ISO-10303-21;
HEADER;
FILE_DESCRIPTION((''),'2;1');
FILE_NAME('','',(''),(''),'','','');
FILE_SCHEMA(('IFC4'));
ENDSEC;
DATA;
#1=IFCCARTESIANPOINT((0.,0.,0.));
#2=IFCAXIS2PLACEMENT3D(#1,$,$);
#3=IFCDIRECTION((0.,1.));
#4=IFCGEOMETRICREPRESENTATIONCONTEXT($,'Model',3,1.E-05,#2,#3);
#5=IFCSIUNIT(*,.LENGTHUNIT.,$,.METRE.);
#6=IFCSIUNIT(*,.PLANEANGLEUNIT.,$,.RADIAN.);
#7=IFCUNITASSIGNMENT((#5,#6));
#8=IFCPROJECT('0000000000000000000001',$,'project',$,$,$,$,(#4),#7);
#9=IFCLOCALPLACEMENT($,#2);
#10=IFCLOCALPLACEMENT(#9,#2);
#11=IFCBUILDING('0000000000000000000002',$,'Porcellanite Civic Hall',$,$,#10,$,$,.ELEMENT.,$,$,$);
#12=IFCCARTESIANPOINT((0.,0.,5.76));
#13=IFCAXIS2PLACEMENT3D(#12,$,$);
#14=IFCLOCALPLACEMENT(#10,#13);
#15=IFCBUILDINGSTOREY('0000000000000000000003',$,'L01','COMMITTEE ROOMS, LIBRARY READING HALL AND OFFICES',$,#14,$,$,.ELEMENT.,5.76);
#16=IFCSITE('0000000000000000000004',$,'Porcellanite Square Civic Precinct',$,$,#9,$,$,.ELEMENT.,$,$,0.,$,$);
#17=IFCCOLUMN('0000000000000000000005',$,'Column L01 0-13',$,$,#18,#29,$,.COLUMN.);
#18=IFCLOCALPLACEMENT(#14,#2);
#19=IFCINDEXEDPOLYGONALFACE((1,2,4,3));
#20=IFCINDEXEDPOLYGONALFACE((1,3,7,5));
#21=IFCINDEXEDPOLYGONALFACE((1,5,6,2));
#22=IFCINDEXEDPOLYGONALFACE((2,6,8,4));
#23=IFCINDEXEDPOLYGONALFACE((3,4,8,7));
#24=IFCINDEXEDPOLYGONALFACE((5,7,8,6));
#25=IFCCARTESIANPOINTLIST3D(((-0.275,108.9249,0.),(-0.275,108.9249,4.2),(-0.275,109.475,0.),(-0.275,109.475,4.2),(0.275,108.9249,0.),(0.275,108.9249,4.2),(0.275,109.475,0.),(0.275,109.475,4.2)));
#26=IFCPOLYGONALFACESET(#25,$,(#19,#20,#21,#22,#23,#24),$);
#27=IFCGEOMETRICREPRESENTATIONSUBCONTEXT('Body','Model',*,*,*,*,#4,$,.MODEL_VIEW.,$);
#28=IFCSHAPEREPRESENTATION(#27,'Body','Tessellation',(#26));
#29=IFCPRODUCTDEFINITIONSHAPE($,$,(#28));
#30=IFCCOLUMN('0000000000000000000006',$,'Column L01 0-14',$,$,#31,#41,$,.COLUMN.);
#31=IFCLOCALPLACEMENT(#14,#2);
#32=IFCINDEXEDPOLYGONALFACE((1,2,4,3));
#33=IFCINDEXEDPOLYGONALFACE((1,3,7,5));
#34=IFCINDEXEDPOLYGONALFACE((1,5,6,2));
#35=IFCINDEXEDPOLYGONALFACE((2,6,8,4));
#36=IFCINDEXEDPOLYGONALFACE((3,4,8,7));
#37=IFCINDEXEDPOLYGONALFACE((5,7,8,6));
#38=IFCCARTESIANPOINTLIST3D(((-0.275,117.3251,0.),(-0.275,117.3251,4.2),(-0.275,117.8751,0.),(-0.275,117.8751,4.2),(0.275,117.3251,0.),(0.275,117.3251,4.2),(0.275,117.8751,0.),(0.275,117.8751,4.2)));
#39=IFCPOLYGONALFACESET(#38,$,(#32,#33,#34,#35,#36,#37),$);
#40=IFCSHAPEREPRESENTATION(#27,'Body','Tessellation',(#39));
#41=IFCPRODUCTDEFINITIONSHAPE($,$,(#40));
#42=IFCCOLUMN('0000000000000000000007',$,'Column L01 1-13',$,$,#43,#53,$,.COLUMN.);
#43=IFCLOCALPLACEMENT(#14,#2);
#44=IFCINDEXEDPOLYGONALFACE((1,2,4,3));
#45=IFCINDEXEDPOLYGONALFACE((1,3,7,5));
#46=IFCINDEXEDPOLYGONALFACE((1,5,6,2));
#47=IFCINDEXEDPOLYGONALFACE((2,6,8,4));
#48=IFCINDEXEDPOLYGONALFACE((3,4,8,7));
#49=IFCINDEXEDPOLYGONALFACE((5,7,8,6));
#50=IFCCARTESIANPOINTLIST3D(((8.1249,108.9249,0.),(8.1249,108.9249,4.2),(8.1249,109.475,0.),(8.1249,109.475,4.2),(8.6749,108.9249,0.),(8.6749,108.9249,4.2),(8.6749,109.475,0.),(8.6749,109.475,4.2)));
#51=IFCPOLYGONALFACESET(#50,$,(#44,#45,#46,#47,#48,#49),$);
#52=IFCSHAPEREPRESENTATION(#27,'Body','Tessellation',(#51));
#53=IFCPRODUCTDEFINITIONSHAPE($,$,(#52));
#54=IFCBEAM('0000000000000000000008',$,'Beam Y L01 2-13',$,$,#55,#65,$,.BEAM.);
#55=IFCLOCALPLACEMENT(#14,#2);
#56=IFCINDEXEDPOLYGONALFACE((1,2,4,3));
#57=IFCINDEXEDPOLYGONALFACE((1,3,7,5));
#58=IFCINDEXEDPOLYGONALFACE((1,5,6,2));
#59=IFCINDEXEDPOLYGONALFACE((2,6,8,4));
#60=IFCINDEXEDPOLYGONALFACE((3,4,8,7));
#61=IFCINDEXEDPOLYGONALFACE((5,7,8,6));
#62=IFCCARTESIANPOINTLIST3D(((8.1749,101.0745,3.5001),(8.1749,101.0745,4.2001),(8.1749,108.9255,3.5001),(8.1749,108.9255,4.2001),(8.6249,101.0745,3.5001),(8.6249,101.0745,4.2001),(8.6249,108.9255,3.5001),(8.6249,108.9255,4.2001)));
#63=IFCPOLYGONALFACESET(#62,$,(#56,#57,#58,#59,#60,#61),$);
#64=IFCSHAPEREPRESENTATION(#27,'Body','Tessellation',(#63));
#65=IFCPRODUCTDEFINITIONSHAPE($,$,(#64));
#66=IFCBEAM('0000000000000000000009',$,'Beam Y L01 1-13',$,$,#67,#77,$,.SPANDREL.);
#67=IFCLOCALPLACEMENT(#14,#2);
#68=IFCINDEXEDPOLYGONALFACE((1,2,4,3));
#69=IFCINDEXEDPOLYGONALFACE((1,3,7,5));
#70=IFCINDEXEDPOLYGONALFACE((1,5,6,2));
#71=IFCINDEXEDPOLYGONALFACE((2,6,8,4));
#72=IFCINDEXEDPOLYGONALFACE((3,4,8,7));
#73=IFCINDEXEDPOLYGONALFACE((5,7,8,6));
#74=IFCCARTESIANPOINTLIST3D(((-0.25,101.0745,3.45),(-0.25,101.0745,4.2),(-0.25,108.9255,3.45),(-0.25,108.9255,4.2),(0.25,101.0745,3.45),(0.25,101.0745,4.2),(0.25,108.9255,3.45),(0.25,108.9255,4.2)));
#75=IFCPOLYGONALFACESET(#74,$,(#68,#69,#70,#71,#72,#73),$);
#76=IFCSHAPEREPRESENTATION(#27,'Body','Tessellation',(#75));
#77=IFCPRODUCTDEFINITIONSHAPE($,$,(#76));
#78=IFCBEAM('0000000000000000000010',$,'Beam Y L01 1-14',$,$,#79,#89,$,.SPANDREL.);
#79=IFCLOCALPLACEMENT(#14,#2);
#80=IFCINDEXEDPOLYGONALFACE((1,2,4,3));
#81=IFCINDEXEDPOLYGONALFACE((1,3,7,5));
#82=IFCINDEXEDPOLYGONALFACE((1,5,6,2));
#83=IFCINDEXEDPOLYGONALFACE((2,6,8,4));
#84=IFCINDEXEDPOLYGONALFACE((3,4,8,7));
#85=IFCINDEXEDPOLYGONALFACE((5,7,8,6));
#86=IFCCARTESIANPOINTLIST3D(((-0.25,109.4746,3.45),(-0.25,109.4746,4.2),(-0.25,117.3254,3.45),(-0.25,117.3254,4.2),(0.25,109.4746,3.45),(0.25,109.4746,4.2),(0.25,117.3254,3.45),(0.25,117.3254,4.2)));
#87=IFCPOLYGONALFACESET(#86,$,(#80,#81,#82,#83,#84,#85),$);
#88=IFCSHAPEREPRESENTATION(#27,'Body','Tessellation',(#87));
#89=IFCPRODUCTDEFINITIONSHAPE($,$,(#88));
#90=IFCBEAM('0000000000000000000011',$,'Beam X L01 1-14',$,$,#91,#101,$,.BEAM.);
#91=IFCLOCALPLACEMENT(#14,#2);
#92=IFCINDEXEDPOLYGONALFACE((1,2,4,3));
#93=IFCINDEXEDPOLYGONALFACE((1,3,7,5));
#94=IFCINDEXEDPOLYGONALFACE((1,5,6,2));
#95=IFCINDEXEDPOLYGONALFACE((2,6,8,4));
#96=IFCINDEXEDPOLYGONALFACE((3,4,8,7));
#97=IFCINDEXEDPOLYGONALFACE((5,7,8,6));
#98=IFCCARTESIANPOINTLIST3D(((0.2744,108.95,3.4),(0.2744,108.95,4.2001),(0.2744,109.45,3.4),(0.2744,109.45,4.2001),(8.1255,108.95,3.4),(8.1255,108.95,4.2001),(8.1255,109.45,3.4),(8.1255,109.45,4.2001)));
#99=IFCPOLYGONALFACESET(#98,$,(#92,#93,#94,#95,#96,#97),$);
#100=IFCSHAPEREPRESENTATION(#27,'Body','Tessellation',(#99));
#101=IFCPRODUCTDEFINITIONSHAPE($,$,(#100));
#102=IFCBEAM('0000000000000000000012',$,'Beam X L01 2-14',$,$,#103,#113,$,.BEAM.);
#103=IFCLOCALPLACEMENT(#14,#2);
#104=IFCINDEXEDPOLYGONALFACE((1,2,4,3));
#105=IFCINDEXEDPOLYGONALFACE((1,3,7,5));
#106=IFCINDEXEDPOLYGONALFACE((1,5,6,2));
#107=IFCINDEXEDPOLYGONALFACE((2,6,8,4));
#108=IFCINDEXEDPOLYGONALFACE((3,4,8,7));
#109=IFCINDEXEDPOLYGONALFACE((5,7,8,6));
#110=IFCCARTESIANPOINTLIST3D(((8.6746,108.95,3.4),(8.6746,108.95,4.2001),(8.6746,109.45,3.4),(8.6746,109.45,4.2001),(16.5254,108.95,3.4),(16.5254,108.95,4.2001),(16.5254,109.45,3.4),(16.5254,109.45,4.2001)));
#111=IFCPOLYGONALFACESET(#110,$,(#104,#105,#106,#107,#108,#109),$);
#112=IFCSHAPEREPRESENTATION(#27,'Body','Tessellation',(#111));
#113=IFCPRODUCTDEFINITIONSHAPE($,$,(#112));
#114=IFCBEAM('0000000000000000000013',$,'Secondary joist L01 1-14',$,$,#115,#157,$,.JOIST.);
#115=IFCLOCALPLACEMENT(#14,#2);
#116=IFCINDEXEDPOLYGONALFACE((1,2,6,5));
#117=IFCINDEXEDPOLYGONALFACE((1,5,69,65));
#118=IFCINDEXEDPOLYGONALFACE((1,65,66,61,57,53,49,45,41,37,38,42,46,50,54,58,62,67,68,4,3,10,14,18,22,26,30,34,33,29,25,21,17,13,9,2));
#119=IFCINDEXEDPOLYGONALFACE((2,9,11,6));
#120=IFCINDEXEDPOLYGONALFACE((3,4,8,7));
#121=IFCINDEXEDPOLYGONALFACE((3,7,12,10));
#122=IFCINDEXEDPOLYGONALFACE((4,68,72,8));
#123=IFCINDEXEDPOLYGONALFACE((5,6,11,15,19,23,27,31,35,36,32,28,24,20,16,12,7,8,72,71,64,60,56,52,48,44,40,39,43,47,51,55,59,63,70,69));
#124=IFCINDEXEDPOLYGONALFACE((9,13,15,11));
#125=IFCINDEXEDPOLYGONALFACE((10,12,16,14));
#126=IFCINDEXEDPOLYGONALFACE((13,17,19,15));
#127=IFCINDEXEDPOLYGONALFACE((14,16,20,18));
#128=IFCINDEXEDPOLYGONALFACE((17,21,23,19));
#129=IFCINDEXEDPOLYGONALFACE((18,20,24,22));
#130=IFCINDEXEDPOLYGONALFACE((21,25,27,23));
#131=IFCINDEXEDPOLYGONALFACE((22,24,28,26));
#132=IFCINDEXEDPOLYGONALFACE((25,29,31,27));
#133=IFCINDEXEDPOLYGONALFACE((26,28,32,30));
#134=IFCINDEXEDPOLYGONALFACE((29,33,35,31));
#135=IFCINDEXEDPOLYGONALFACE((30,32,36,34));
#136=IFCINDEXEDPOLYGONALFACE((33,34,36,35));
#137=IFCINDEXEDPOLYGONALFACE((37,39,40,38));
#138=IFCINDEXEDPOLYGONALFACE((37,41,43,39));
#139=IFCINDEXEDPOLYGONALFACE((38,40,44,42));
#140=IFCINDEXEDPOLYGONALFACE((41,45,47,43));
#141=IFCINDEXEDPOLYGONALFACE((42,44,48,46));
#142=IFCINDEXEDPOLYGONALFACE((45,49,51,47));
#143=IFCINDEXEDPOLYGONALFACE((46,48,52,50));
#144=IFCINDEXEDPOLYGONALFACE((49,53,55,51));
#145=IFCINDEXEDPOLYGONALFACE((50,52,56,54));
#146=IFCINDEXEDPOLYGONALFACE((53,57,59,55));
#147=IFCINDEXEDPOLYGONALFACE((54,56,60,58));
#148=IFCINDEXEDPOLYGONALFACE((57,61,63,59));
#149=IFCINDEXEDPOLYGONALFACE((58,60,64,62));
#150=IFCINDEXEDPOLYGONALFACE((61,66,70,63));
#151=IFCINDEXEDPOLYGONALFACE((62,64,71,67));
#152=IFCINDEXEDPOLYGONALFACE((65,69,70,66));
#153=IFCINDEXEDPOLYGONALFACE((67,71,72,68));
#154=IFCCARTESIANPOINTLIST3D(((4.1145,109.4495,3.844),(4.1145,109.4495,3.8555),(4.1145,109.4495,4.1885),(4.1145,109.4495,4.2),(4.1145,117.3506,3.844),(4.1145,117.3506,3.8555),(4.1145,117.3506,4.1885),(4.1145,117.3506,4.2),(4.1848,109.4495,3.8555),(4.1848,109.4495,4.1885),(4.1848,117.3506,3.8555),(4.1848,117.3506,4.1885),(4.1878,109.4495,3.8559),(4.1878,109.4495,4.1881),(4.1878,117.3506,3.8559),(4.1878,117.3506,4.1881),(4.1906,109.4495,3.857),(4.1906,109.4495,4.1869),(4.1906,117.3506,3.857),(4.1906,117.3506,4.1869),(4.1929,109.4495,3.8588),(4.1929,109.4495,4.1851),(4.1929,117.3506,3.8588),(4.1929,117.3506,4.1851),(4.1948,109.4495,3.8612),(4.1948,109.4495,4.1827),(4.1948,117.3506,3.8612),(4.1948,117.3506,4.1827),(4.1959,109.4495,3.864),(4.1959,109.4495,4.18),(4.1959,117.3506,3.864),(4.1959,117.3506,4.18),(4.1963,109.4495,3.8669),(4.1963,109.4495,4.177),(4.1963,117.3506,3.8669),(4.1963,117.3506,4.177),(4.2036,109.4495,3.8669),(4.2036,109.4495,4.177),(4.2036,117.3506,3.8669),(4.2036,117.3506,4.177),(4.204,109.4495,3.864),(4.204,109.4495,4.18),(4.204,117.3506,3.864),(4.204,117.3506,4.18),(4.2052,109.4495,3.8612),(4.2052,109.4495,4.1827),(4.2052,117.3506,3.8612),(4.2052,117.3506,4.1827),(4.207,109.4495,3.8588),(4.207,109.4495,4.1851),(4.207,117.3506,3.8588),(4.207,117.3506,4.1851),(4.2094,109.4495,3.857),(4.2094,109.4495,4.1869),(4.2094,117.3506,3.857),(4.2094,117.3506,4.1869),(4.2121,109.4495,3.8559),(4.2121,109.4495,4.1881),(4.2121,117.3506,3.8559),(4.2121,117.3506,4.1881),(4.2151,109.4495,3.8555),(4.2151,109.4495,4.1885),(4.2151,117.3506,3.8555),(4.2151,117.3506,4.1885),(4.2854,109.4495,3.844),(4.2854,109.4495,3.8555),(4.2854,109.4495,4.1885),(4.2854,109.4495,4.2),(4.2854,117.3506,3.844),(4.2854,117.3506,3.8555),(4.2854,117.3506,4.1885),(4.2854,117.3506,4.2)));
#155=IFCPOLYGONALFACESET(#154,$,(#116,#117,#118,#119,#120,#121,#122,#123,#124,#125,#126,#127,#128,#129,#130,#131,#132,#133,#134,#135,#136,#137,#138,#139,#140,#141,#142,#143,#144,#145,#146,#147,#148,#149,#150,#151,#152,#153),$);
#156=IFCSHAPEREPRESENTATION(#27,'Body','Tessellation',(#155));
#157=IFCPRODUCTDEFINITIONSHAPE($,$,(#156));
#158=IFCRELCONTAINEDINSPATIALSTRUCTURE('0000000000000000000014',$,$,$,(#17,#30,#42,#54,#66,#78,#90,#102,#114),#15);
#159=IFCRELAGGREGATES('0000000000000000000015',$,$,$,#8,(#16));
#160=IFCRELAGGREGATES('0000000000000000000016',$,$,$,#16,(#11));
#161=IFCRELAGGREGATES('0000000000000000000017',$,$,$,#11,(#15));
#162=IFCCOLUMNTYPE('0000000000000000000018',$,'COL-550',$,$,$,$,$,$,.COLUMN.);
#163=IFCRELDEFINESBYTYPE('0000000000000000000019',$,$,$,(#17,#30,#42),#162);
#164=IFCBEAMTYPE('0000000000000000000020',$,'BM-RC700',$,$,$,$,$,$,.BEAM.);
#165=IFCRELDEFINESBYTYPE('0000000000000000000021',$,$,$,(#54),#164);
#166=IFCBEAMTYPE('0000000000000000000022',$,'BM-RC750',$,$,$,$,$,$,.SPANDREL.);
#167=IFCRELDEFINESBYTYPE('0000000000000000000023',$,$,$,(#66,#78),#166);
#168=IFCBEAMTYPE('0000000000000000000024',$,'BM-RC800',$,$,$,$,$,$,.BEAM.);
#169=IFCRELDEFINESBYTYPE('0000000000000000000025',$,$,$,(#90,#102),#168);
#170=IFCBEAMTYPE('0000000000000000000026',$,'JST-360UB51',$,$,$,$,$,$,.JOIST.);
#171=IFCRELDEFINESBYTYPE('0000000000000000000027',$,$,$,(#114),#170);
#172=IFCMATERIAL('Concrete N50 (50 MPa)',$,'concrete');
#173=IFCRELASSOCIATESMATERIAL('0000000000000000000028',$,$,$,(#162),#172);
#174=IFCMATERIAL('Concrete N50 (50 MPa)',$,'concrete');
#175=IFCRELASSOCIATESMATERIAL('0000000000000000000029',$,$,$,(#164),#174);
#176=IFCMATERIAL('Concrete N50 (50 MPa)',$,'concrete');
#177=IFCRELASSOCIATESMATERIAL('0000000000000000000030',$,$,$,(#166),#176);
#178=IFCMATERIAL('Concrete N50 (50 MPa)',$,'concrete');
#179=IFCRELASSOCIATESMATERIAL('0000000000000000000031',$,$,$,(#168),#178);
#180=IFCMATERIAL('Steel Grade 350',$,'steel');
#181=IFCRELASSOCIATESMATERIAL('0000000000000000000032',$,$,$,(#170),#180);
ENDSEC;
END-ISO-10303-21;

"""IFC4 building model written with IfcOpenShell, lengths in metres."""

from ifc_helpers import new_model, si_unit, direction, frame, origin, origin_2d, place, context, subcontext, project, spatial, rectangle, i_section, extrude, material, material_profile, profile_set, type_object, element, save


model = new_model("IFC4")

# Units and contexts
model_context = context("Model", 3, precision=1e-05, world=origin(), true_north=direction((0.0, 1.0)))
body_context = subcontext(model_context, "Body", "Model", "MODEL_VIEW")
ifc_project = project(units=[si_unit("LENGTHUNIT", "METRE"), si_unit("PLANEANGLEUNIT", "RADIAN")], contexts=[model_context])

# Site, building, storey
site_placement = place(None, origin())
site = spatial("IfcSite", under=ifc_project, at=site_placement, Name="Porcellanite Square Civic Precinct", CompositionType="ELEMENT", RefElevation=0.0)
building_placement = place(site_placement, origin())
building = spatial("IfcBuilding", under=site, at=building_placement, Name="Porcellanite Civic Hall", CompositionType="ELEMENT")
storey_placement = place(building_placement, frame((0.0, 0.0, 5.76)))
storey = spatial("IfcBuildingStorey", under=building, at=storey_placement, Name="L01", Description="COMMITTEE ROOMS, LIBRARY READING HALL AND OFFICES", CompositionType="ELEMENT", Elevation=5.76)

# Columns
ifc_material_1 = material(Name="Concrete N50 (50 MPa)", Category="concrete")
ifc_material_profile_1 = material_profile(ifc_material_1, rectangle(XDim=0.55, YDim=0.55, at=origin_2d()), Name="RC-550x550")
ifc_profile_set_1 = profile_set([ifc_material_profile_1], Name="Concrete N50 (50 MPa)")
column_type = type_object("IfcColumnType", Name="COL-550", PredefinedType="COLUMN", material=ifc_profile_set_1)
for number, where, z_axis, x_axis, name in (
    (1, (0.0, 109.2, 0.0), (0.0, 0.0, 1.0), (1.0, 0.0, 0.0), "Column L01 0-13"),
    (2, (0.0, 117.6001, 0.0), (0.0, 0.0, 1.0), (1.0, 0.0, 0.0), "Column L01 0-14"),
    (3, (8.3999, 109.2, 0.0), (0.0, 0.0, 1.0), (1.0, 0.0, 0.0), "Column L01 1-13"),
):
    element("IfcColumn", number, at=place(storey_placement, frame(where, z_axis=z_axis, x_axis=x_axis)), inside=storey, type_object=column_type, Name=name, PredefinedType="COLUMN", context=body_context, shape_type="SweptSolid", body=[
        extrude(rectangle(XDim=0.55, YDim=0.55, at=origin_2d()), origin(), (0.0, 0.0, 1.0), 4.2),
    ])

# Beams
ifc_material_2 = material(Name="Concrete N50 (50 MPa)", Category="concrete")
ifc_material_profile_2 = material_profile(ifc_material_2, rectangle(XDim=0.45, YDim=0.7, at=origin_2d()), Name="RC-450x700")
ifc_profile_set_2 = profile_set([ifc_material_profile_2], Name="Concrete N50 (50 MPa)")
beam_type_1 = type_object("IfcBeamType", Name="BM-RC700", PredefinedType="BEAM", material=ifc_profile_set_2)
beam_1_placement = place(storey_placement, frame((8.3999, 101.0745, 3.8501), z_axis=(0.0, 1.0, 0.0), x_axis=(-1.0, 0.0, 0.0)))
element("IfcBeam", 4, at=beam_1_placement, inside=storey, type_object=beam_type_1, Name="Beam Y L01 2-13", PredefinedType="BEAM", context=body_context, shape_type="SweptSolid", body=[
    extrude(rectangle(XDim=0.45, YDim=0.7, at=origin_2d()), origin(), (0.0, 0.0, 1.0), 7.8511),
])
ifc_material_3 = material(Name="Concrete N50 (50 MPa)", Category="concrete")
ifc_material_profile_3 = material_profile(ifc_material_3, rectangle(XDim=0.5, YDim=0.75, at=origin_2d()), Name="RC-500x750")
ifc_profile_set_3 = profile_set([ifc_material_profile_3], Name="Concrete N50 (50 MPa)")
beam_type_2 = type_object("IfcBeamType", Name="BM-RC750", PredefinedType="SPANDREL", material=ifc_profile_set_3)
beam_2_placement = place(storey_placement, frame((0.0, 101.0745, 3.825), z_axis=(0.0, 1.0, 0.0), x_axis=(-1.0, 0.0, 0.0)))
element("IfcBeam", 5, at=beam_2_placement, inside=storey, type_object=beam_type_2, Name="Beam Y L01 1-13", PredefinedType="SPANDREL", context=body_context, shape_type="SweptSolid", body=[
    extrude(rectangle(XDim=0.5, YDim=0.75, at=origin_2d()), origin(), (0.0, 0.0, 1.0), 7.8511),
])
beam_3_placement = place(storey_placement, frame((0.0, 109.4746, 3.825), z_axis=(0.0, 1.0, 0.0), x_axis=(-1.0, 0.0, 0.0)))
element("IfcBeam", 6, at=beam_3_placement, inside=storey, type_object=beam_type_2, Name="Beam Y L01 1-14", PredefinedType="SPANDREL", context=body_context, shape_type="SweptSolid", body=[
    extrude(rectangle(XDim=0.5, YDim=0.75, at=origin_2d()), origin(), (0.0, 0.0, 1.0), 7.8508),
])
ifc_material_4 = material(Name="Concrete N50 (50 MPa)", Category="concrete")
ifc_material_profile_4 = material_profile(ifc_material_4, rectangle(XDim=0.5, YDim=0.8, at=origin_2d()), Name="RC-500x800")
ifc_profile_set_4 = profile_set([ifc_material_profile_4], Name="Concrete N50 (50 MPa)")
beam_type_3 = type_object("IfcBeamType", Name="BM-RC800", PredefinedType="BEAM", material=ifc_profile_set_4)
beam_4_placement = place(storey_placement, frame((0.2744, 109.2, 3.8), z_axis=(1.0, 0.0, 0.0), x_axis=(0.0, 1.0, 0.0)))
element("IfcBeam", 7, at=beam_4_placement, inside=storey, type_object=beam_type_3, Name="Beam X L01 1-14", PredefinedType="BEAM", context=body_context, shape_type="SweptSolid", body=[
    extrude(rectangle(XDim=0.5, YDim=0.8, at=origin_2d()), origin(), (0.0, 0.0, 1.0), 7.8511),
])
beam_5_placement = place(storey_placement, frame((8.6746, 109.2, 3.8), z_axis=(1.0, 0.0, 0.0), x_axis=(0.0, 1.0, 0.0)))
element("IfcBeam", 8, at=beam_5_placement, inside=storey, type_object=beam_type_3, Name="Beam X L01 2-14", PredefinedType="BEAM", context=body_context, shape_type="SweptSolid", body=[
    extrude(rectangle(XDim=0.5, YDim=0.8, at=origin_2d()), origin(), (0.0, 0.0, 1.0), 7.8508),
])
ifc_material_5 = material(Name="Steel Grade 350", Category="steel")
ifc_material_profile_5 = material_profile(ifc_material_5, i_section(OverallWidth=0.1709, OverallDepth=0.356, WebThickness=0.0073, FlangeThickness=0.0115, FilletRadius=0.0115, at=origin_2d()), Name="360UB50.7")
ifc_profile_set_5 = profile_set([ifc_material_profile_5], Name="Steel Grade 350")
beam_type_4 = type_object("IfcBeamType", Name="JST-360UB51", PredefinedType="JOIST", material=ifc_profile_set_5)
beam_6_placement = place(storey_placement, frame((4.2, 109.4495, 4.022), z_axis=(0.0, 1.0, 0.0), x_axis=(-1.0, 0.0, 0.0)))
element("IfcBeam", 9, at=beam_6_placement, inside=storey, type_object=beam_type_4, Name="Secondary joist L01 1-14", PredefinedType="JOIST", context=body_context, shape_type="SweptSolid", body=[
    extrude(i_section(OverallWidth=0.1709, OverallDepth=0.356, WebThickness=0.0073, FlangeThickness=0.0115, FilletRadius=0.0115, at=origin_2d()), origin(), (0.0, 0.0, 1.0), 7.9011),
])

save(model, "model.ifc")
